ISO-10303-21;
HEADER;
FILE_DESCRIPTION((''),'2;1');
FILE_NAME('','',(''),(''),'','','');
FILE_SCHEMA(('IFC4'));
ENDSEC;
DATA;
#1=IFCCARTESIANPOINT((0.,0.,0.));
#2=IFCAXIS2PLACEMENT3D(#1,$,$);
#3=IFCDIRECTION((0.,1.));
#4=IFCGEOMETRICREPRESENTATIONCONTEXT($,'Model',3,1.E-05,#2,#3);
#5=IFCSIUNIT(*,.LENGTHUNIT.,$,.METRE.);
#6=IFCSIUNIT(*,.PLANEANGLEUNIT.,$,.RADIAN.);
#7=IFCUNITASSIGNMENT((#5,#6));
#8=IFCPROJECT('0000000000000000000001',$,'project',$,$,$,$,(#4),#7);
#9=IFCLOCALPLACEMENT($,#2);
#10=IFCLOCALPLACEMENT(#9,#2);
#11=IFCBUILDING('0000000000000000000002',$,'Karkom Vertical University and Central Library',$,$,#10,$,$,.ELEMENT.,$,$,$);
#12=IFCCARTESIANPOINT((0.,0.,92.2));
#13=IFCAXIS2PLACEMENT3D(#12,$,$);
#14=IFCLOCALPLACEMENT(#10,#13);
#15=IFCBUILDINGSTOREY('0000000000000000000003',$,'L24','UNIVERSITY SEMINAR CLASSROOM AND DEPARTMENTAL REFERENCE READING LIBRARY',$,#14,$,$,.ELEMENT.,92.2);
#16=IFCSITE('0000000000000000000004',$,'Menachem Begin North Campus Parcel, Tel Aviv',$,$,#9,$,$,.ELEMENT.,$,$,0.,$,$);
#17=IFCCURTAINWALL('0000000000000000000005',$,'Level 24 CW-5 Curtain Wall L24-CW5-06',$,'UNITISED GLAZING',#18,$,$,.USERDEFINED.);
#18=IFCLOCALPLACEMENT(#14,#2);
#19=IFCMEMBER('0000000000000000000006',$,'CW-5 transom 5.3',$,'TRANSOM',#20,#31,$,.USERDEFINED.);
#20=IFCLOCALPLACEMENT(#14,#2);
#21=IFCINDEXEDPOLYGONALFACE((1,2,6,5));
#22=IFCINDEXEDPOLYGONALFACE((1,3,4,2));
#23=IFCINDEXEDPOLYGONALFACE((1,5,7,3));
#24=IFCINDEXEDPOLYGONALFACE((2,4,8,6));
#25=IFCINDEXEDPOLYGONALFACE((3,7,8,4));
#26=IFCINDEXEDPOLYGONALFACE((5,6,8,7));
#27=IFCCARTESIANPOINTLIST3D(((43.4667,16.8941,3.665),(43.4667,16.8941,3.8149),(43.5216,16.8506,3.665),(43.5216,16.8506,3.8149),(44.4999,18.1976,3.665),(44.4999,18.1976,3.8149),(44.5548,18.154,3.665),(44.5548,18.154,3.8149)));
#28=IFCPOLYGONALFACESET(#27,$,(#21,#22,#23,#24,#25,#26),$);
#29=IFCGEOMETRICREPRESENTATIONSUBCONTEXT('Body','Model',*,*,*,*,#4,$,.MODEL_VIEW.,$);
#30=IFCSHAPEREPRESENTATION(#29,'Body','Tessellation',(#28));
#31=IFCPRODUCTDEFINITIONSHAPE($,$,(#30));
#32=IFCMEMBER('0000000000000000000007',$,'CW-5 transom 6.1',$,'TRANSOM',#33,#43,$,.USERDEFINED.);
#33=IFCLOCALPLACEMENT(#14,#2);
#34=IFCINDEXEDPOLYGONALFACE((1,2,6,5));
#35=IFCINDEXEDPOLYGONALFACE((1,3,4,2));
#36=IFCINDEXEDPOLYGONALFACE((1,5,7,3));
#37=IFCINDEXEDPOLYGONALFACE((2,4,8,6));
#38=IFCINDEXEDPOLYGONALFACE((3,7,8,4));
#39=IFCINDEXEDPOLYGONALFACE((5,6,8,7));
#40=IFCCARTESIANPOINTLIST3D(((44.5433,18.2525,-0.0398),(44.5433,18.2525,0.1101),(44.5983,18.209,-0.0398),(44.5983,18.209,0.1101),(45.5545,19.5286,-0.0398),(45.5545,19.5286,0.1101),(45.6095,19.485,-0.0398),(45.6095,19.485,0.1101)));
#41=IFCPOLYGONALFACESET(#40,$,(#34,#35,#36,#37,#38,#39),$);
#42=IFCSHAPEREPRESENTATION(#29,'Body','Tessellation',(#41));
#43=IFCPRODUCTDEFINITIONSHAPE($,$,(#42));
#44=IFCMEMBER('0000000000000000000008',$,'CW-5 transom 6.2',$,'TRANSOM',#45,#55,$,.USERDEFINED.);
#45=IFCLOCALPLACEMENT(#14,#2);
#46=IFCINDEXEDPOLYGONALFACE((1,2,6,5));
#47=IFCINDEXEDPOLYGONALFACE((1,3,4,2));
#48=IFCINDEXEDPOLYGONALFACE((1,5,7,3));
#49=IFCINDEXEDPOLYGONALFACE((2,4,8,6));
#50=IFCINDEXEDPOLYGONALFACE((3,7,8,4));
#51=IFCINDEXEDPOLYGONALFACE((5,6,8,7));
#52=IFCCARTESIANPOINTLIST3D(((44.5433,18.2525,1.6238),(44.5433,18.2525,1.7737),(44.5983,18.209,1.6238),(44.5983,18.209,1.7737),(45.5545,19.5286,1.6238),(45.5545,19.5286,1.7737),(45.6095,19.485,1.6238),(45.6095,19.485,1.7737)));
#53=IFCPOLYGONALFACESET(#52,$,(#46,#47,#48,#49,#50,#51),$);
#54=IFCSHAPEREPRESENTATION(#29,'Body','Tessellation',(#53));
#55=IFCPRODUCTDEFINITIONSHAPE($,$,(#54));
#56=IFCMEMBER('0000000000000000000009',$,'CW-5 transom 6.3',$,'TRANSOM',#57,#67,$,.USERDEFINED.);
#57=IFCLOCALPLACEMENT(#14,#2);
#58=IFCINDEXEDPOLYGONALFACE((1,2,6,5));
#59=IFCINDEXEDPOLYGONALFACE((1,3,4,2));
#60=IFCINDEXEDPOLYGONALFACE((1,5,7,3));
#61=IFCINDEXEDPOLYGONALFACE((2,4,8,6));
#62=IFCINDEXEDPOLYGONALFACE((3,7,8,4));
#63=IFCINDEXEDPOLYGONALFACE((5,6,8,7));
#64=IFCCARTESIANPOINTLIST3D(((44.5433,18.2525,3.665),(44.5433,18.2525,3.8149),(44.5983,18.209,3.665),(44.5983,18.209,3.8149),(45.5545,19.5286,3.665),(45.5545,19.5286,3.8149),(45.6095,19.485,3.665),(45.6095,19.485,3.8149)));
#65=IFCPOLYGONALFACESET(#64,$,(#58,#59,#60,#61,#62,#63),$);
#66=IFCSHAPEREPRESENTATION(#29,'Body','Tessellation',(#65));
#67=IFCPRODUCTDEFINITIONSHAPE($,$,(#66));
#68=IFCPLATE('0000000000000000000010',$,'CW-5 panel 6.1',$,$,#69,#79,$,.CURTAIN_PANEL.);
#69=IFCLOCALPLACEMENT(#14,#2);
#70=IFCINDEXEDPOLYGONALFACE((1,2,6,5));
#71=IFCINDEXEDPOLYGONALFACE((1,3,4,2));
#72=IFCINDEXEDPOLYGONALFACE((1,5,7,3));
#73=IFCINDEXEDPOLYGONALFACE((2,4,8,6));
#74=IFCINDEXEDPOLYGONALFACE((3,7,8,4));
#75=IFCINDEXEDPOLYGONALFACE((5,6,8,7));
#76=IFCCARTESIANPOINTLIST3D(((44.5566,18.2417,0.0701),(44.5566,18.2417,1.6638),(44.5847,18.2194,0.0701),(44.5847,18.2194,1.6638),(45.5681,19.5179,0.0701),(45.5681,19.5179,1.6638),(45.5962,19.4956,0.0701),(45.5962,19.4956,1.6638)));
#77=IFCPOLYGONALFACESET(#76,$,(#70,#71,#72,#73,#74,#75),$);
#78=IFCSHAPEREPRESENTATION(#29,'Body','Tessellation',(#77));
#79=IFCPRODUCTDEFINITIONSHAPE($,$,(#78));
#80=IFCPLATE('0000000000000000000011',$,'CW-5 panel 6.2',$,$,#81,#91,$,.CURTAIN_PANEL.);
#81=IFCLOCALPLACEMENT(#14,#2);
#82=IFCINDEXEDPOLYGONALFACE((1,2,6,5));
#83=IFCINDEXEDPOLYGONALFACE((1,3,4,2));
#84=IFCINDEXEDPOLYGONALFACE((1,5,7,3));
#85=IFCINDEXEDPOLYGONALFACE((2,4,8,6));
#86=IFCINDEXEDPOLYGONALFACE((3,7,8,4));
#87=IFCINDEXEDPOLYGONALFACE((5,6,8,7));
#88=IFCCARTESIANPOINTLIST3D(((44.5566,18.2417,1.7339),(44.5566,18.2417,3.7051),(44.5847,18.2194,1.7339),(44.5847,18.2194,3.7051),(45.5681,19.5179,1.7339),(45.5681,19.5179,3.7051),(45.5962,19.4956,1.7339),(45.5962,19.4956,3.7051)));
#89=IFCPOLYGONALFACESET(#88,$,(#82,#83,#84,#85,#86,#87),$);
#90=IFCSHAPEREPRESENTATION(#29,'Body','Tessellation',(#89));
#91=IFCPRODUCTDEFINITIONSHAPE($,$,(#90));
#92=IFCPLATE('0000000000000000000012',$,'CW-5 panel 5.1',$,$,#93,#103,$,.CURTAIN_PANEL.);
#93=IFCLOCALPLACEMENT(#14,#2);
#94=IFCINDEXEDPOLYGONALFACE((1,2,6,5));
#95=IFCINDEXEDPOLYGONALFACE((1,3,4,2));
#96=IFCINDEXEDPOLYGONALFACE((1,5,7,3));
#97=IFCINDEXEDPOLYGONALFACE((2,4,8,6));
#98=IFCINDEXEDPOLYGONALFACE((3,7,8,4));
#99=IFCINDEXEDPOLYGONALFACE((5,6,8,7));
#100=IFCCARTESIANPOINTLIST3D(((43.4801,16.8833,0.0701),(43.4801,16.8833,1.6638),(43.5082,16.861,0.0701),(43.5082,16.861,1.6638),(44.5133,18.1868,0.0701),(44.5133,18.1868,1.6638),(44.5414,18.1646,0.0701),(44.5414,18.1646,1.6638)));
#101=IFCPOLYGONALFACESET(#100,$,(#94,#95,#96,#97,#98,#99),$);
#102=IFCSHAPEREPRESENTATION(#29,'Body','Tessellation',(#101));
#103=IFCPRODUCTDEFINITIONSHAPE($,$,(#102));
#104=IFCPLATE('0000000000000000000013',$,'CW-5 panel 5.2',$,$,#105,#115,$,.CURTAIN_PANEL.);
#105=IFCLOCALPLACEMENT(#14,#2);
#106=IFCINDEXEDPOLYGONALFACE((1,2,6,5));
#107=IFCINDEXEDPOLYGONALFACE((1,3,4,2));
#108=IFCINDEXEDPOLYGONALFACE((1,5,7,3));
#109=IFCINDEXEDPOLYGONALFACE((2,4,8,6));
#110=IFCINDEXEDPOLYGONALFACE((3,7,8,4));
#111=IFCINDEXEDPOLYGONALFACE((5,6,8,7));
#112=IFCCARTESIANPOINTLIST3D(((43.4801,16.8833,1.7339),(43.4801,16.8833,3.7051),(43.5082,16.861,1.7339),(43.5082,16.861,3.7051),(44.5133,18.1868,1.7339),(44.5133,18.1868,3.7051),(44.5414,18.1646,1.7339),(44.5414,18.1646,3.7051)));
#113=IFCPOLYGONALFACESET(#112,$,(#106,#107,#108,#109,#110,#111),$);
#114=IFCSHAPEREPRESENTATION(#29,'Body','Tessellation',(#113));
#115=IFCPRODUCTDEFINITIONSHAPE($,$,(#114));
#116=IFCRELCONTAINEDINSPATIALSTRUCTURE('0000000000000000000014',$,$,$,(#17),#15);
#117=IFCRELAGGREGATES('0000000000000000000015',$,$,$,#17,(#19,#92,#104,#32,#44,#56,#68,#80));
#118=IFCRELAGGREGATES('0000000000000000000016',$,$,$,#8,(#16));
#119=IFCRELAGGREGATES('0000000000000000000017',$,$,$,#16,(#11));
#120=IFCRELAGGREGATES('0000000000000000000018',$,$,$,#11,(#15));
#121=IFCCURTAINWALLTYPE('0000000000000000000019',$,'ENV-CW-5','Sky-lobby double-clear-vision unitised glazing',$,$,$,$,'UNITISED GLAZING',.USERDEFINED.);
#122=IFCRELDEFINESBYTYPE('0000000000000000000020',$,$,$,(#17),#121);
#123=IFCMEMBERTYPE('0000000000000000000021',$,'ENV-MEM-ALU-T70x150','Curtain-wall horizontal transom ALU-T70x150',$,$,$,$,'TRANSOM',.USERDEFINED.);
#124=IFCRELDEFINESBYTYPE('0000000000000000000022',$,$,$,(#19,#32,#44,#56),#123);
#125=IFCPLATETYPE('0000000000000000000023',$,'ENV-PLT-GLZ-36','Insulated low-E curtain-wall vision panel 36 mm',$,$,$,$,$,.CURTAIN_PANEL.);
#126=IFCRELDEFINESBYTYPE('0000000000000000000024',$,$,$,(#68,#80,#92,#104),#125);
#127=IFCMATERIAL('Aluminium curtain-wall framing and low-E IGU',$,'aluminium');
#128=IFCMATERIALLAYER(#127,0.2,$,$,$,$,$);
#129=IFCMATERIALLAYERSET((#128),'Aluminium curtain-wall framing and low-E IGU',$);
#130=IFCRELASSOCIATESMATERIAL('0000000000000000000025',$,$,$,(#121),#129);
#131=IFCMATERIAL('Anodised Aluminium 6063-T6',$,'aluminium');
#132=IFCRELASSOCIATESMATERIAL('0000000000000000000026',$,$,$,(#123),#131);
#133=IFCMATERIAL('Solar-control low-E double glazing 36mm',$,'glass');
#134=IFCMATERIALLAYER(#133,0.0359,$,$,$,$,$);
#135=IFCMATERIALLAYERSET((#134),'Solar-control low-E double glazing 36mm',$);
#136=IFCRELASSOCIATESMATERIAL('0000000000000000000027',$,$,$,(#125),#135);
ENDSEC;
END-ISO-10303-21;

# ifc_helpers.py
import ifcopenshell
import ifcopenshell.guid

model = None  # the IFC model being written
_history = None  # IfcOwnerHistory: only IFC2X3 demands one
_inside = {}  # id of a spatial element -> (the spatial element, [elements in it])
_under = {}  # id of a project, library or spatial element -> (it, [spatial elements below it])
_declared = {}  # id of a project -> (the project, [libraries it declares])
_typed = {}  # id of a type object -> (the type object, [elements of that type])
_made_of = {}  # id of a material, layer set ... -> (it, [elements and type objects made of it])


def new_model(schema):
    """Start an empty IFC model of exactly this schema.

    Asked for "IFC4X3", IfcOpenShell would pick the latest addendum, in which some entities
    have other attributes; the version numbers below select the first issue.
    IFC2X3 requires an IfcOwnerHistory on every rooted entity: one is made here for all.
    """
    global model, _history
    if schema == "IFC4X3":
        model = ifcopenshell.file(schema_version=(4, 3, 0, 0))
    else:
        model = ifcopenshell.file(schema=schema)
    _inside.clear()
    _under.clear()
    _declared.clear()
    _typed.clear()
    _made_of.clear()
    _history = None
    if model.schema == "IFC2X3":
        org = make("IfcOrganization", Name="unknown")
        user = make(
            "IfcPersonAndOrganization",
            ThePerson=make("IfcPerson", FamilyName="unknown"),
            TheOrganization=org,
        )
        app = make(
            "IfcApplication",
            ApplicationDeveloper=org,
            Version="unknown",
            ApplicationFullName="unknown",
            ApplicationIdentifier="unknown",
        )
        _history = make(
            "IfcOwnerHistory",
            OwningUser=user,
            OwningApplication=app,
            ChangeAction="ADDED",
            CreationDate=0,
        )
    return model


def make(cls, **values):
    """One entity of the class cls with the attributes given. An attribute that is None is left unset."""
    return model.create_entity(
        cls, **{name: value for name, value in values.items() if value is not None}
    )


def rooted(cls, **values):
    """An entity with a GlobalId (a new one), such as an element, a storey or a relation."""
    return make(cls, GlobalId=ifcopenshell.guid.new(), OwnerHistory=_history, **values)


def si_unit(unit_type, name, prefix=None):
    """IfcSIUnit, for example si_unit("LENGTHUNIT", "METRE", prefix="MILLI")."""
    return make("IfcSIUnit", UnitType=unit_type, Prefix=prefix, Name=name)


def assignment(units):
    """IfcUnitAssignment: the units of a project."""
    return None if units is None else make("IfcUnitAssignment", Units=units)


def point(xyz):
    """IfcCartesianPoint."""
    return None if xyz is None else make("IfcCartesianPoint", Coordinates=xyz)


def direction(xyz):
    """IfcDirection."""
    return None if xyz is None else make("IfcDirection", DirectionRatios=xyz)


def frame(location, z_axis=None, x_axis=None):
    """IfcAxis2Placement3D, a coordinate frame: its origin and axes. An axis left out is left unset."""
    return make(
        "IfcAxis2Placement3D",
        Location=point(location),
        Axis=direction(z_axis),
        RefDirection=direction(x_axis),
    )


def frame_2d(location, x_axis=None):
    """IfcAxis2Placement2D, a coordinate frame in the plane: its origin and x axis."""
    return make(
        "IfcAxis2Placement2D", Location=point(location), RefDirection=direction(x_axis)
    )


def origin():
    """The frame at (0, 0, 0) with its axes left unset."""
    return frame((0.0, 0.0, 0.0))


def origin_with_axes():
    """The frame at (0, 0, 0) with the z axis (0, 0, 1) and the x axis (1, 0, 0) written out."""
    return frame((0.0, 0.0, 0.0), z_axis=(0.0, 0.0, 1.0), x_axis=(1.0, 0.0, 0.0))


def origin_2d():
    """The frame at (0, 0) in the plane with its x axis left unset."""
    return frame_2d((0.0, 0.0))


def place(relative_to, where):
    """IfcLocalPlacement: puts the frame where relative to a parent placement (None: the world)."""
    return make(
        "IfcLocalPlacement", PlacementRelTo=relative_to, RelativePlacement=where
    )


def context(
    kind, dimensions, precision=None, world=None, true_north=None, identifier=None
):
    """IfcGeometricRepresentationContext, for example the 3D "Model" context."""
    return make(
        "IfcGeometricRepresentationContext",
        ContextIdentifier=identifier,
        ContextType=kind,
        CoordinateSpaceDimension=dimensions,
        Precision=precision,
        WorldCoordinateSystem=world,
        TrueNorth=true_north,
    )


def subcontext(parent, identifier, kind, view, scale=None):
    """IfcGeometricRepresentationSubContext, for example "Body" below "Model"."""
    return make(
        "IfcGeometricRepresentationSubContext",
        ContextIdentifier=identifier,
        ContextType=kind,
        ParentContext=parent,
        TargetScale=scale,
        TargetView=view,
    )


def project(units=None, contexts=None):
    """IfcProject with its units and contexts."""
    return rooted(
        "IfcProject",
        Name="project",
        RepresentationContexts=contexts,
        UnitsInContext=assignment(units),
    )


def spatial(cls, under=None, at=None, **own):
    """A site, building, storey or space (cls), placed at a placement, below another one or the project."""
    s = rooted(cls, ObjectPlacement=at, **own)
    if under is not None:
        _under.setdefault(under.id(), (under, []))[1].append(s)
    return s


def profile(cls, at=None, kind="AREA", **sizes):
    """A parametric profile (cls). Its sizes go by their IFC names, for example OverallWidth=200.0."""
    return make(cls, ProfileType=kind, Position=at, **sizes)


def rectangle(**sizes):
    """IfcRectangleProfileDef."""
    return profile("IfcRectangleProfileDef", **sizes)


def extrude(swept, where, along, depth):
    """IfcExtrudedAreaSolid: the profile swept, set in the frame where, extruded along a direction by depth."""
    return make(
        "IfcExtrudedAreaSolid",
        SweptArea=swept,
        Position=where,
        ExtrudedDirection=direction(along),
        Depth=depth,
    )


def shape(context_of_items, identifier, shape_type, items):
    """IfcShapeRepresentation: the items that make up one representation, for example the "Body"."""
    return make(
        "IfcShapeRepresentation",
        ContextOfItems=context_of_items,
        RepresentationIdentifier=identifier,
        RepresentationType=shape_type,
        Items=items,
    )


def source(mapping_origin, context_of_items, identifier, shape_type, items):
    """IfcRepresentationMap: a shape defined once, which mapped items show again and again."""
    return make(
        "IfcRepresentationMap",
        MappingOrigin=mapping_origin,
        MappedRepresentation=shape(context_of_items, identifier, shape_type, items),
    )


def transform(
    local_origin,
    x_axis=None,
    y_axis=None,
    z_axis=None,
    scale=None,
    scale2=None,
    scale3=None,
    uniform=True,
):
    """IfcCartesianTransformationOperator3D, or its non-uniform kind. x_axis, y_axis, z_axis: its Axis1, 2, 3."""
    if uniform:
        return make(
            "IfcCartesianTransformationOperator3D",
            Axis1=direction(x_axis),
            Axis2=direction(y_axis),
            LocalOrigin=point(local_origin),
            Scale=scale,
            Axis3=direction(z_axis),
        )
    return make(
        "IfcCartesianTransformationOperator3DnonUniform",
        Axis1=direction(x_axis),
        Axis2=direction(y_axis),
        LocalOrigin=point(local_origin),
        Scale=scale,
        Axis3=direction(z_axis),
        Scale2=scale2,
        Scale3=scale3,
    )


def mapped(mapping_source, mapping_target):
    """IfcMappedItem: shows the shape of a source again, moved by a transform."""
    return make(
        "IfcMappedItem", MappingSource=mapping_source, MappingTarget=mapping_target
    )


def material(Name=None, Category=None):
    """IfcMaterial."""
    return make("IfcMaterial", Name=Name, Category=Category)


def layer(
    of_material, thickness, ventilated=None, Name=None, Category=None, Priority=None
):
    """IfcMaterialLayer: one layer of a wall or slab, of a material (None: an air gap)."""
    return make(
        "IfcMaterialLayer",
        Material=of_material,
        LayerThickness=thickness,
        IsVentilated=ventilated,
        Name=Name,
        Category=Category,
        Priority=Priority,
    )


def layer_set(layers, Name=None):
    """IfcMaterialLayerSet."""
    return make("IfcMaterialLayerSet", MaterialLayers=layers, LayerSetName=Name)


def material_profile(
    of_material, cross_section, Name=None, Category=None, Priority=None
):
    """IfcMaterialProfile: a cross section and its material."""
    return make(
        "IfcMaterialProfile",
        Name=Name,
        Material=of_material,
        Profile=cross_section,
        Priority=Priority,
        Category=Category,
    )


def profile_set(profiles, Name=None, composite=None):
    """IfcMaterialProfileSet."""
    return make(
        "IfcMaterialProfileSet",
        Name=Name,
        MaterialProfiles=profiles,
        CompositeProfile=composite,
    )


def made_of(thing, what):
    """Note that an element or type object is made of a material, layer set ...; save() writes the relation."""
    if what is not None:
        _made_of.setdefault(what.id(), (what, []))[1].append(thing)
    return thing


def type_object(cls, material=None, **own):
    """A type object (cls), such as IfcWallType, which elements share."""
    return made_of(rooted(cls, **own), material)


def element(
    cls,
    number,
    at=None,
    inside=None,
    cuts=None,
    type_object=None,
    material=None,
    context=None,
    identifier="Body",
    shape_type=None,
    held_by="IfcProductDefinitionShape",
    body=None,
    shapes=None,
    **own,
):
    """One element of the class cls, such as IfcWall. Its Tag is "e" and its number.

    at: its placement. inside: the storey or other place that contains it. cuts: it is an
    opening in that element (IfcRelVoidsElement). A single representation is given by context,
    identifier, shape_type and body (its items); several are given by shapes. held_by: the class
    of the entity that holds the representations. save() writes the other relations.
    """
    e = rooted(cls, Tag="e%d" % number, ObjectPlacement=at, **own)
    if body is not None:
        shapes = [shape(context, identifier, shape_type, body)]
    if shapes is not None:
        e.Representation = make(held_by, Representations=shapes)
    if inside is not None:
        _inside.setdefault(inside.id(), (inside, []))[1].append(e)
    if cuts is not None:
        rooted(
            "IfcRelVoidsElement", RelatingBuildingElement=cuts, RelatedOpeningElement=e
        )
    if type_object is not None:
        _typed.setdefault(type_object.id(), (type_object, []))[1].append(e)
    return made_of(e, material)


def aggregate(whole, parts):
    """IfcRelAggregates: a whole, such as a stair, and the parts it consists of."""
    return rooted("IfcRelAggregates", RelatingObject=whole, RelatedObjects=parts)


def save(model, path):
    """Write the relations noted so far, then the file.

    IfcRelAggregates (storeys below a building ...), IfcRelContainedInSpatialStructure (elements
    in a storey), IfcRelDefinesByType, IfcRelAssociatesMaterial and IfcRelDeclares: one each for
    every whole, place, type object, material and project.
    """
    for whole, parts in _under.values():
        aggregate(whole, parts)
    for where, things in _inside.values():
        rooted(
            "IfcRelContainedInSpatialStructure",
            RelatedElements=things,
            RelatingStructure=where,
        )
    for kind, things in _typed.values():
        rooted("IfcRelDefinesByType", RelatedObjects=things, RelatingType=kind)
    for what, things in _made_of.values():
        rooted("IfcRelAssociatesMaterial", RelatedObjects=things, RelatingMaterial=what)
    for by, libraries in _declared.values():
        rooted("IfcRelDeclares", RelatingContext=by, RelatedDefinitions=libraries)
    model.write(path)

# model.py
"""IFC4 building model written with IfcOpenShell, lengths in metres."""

from ifc_helpers import new_model, si_unit, direction, frame, origin, origin_with_axes, origin_2d, place, context, subcontext, project, spatial, rectangle, extrude, source, transform, mapped, material, layer, layer_set, material_profile, profile_set, type_object, element, aggregate, save


model = new_model("IFC4")

# Units and contexts
model_context = context("Model", 3, precision=1e-05, world=origin(), true_north=direction((0.0, 1.0)))
body_context = subcontext(model_context, "Body", "Model", "MODEL_VIEW")
ifc_project = project(units=[si_unit("LENGTHUNIT", "METRE"), si_unit("PLANEANGLEUNIT", "RADIAN")], contexts=[model_context])

# Site, building, storey
site_placement = place(None, origin())
site = spatial("IfcSite", under=ifc_project, at=site_placement, Name="Menachem Begin North Campus Parcel, Tel Aviv", CompositionType="ELEMENT", RefElevation=0.0)
building_placement = place(site_placement, origin())
building = spatial("IfcBuilding", under=site, at=building_placement, Name="Karkom Vertical University and Central Library", CompositionType="ELEMENT")
storey_placement = place(building_placement, frame((0.0, 0.0, 92.2)))
storey = spatial("IfcBuildingStorey", under=building, at=storey_placement, Name="L24", Description="UNIVERSITY SEMINAR CLASSROOM AND DEPARTMENTAL REFERENCE READING LIBRARY", CompositionType="ELEMENT", Elevation=92.2)

# Curtain wall, members, plates
ifc_material_1 = material(Name="Aluminium curtain-wall framing and low-E IGU", Category="aluminium")
ifc_layer_1 = layer(ifc_material_1, 0.2)
ifc_layer_set_1 = layer_set([ifc_layer_1], Name="Aluminium curtain-wall framing and low-E IGU")
curtain_wall_type = type_object("IfcCurtainWallType", Name="ENV-CW-5", Description="Sky-lobby double-clear-vision unitised glazing", ElementType="UNITISED GLAZING", PredefinedType="USERDEFINED", material=ifc_layer_set_1)
curtain_wall_placement = place(storey_placement, origin())
curtain_wall = element("IfcCurtainWall", 1, at=curtain_wall_placement, inside=storey, type_object=curtain_wall_type, Name="Level 24 CW-5 Curtain Wall L24-CW5-06", ObjectType="UNITISED GLAZING", PredefinedType="USERDEFINED")
ifc_material_2 = material(Name="Anodised Aluminium 6063-T6", Category="aluminium")
ifc_material_profile_1 = material_profile(ifc_material_2, rectangle(XDim=0.0701, YDim=0.1499, at=origin_2d()), Name="ALU-T70x150")
ifc_profile_set_1 = profile_set([ifc_material_profile_1], Name="Anodised Aluminium 6063-T6")
member_type_1 = type_object("IfcMemberType", Name="ENV-MEM-ALU-T70x150", Description="Curtain-wall horizontal transom ALU-T70x150", ElementType="TRANSOM", PredefinedType="USERDEFINED", material=ifc_profile_set_1)
shared_shape_1 = source(origin_with_axes(), body_context, "Body", "SweptSolid", [
    extrude(rectangle(XDim=0.0701, YDim=0.1499, at=origin_2d()), origin(), (0.0, 0.0, 1.0), 1.6633),
])
member_1_placement = place(storey_placement, frame((43.4941, 16.8723, 3.74), z_axis=(0.62118, 0.783668, 0.0), x_axis=(-0.783668, 0.62118, 0.0)))
member_1 = element("IfcMember", 2, at=member_1_placement, type_object=member_type_1, Name="CW-5 transom 5.3", ObjectType="TRANSOM", PredefinedType="USERDEFINED", context=body_context, shape_type="MappedRepresentation", body=[
    mapped(shared_shape_1, transform((0.0, 0.0, 0.0), scale=1.0)),
])
shared_shape_2 = source(origin_with_axes(), body_context, "Body", "SweptSolid", [
    extrude(rectangle(XDim=0.0701, YDim=0.1499, at=origin_2d()), origin(), (0.0, 0.0, 1.0), 1.6282),
])
member_2_placement = place(storey_placement, frame((44.5708, 18.2307, 0.0352), z_axis=(0.621068, 0.783757, 0.0), x_axis=(-0.783757, 0.621068, 0.0)))
member_2 = element("IfcMember", 3, at=member_2_placement, type_object=member_type_1, Name="CW-5 transom 6.1", ObjectType="TRANSOM", PredefinedType="USERDEFINED", context=body_context, shape_type="MappedRepresentation", body=[
    mapped(shared_shape_2, transform((0.0, 0.0, 0.0), scale=1.0)),
])
member_3_placement = place(storey_placement, frame((44.5708, 18.2307, 1.6987), z_axis=(0.621068, 0.783757, 0.0), x_axis=(-0.783757, 0.621068, 0.0)))
member_3 = element("IfcMember", 4, at=member_3_placement, type_object=member_type_1, Name="CW-5 transom 6.2", ObjectType="TRANSOM", PredefinedType="USERDEFINED", context=body_context, shape_type="MappedRepresentation", body=[
    mapped(shared_shape_2, transform((0.0, 0.0, 0.0), scale=1.0)),
])
member_4_placement = place(storey_placement, frame((44.5708, 18.2307, 3.74), z_axis=(0.621068, 0.783757, 0.0), x_axis=(-0.783757, 0.621068, 0.0)))
member_4 = element("IfcMember", 5, at=member_4_placement, type_object=member_type_1, Name="CW-5 transom 6.3", ObjectType="TRANSOM", PredefinedType="USERDEFINED", context=body_context, shape_type="MappedRepresentation", body=[
    mapped(shared_shape_2, transform((0.0, 0.0, 0.0), scale=1.0)),
])
ifc_material_3 = material(Name="Solar-control low-E double glazing 36mm", Category="glass")
ifc_layer_2 = layer(ifc_material_3, 0.0359)
ifc_layer_set_2 = layer_set([ifc_layer_2], Name="Solar-control low-E double glazing 36mm")
plate_type = type_object("IfcPlateType", Name="ENV-PLT-GLZ-36", Description="Insulated low-E curtain-wall vision panel 36 mm", PredefinedType="CURTAIN_PANEL", material=ifc_layer_set_2)
shared_shape_3 = source(origin_with_axes(), body_context, "Body", "SweptSolid", [
    extrude(rectangle(XDim=1.6284, YDim=0.0359, at=origin_2d()), origin(), (0.0, 0.0, 1.0), 1.5938),
])
plate_1_placement = place(storey_placement, frame((45.0764, 18.8687, 0.0701), z_axis=(0.0, 0.0, 1.0), x_axis=(0.621145, 0.783696, 0.0)))
plate_1 = element("IfcPlate", 6, at=plate_1_placement, type_object=plate_type, Name="CW-5 panel 6.1", PredefinedType="CURTAIN_PANEL", context=body_context, shape_type="MappedRepresentation", body=[
    mapped(shared_shape_3, transform((0.0, 0.0, 0.0), scale=1.0)),
])
shared_shape_4 = source(origin_with_axes(), body_context, "Body", "SweptSolid", [
    extrude(rectangle(XDim=1.6284, YDim=0.0359, at=origin_2d()), origin(), (0.0, 0.0, 1.0), 1.9712),
])
plate_2_placement = place(storey_placement, frame((45.0764, 18.8687, 1.7339), z_axis=(0.0, 0.0, 1.0), x_axis=(0.621145, 0.783696, 0.0)))
plate_2 = element("IfcPlate", 7, at=plate_2_placement, type_object=plate_type, Name="CW-5 panel 6.2", PredefinedType="CURTAIN_PANEL", context=body_context, shape_type="MappedRepresentation", body=[
    mapped(shared_shape_4, transform((0.0, 0.0, 0.0), scale=1.0)),
])
shared_shape_5 = source(origin_with_axes(), body_context, "Body", "SweptSolid", [
    extrude(rectangle(XDim=1.6633, YDim=0.0359, at=origin_2d()), origin(), (0.0, 0.0, 1.0), 1.5938),
])
plate_3_placement = place(storey_placement, frame((44.0107, 17.5239, 0.0701), z_axis=(0.0, 0.0, 1.0), x_axis=(0.621145, 0.783696, 0.0)))
plate_3 = element("IfcPlate", 8, at=plate_3_placement, type_object=plate_type, Name="CW-5 panel 5.1", PredefinedType="CURTAIN_PANEL", context=body_context, shape_type="MappedRepresentation", body=[
    mapped(shared_shape_5, transform((0.0, 0.0, 0.0), scale=1.0)),
])
shared_shape_6 = source(origin_with_axes(), body_context, "Body", "SweptSolid", [
    extrude(rectangle(XDim=1.6633, YDim=0.0359, at=origin_2d()), origin(), (0.0, 0.0, 1.0), 1.9712),
])
plate_4_placement = place(storey_placement, frame((44.0107, 17.5239, 1.7339), z_axis=(0.0, 0.0, 1.0), x_axis=(0.621145, 0.783696, 0.0)))
plate_4 = element("IfcPlate", 9, at=plate_4_placement, type_object=plate_type, Name="CW-5 panel 5.2", PredefinedType="CURTAIN_PANEL", context=body_context, shape_type="MappedRepresentation", body=[
    mapped(shared_shape_6, transform((0.0, 0.0, 0.0), scale=1.0)),
])
aggregate(curtain_wall, [member_1, plate_3, plate_4, member_2, member_3, member_4, plate_1, plate_2])

save(model, "model.ifc")
